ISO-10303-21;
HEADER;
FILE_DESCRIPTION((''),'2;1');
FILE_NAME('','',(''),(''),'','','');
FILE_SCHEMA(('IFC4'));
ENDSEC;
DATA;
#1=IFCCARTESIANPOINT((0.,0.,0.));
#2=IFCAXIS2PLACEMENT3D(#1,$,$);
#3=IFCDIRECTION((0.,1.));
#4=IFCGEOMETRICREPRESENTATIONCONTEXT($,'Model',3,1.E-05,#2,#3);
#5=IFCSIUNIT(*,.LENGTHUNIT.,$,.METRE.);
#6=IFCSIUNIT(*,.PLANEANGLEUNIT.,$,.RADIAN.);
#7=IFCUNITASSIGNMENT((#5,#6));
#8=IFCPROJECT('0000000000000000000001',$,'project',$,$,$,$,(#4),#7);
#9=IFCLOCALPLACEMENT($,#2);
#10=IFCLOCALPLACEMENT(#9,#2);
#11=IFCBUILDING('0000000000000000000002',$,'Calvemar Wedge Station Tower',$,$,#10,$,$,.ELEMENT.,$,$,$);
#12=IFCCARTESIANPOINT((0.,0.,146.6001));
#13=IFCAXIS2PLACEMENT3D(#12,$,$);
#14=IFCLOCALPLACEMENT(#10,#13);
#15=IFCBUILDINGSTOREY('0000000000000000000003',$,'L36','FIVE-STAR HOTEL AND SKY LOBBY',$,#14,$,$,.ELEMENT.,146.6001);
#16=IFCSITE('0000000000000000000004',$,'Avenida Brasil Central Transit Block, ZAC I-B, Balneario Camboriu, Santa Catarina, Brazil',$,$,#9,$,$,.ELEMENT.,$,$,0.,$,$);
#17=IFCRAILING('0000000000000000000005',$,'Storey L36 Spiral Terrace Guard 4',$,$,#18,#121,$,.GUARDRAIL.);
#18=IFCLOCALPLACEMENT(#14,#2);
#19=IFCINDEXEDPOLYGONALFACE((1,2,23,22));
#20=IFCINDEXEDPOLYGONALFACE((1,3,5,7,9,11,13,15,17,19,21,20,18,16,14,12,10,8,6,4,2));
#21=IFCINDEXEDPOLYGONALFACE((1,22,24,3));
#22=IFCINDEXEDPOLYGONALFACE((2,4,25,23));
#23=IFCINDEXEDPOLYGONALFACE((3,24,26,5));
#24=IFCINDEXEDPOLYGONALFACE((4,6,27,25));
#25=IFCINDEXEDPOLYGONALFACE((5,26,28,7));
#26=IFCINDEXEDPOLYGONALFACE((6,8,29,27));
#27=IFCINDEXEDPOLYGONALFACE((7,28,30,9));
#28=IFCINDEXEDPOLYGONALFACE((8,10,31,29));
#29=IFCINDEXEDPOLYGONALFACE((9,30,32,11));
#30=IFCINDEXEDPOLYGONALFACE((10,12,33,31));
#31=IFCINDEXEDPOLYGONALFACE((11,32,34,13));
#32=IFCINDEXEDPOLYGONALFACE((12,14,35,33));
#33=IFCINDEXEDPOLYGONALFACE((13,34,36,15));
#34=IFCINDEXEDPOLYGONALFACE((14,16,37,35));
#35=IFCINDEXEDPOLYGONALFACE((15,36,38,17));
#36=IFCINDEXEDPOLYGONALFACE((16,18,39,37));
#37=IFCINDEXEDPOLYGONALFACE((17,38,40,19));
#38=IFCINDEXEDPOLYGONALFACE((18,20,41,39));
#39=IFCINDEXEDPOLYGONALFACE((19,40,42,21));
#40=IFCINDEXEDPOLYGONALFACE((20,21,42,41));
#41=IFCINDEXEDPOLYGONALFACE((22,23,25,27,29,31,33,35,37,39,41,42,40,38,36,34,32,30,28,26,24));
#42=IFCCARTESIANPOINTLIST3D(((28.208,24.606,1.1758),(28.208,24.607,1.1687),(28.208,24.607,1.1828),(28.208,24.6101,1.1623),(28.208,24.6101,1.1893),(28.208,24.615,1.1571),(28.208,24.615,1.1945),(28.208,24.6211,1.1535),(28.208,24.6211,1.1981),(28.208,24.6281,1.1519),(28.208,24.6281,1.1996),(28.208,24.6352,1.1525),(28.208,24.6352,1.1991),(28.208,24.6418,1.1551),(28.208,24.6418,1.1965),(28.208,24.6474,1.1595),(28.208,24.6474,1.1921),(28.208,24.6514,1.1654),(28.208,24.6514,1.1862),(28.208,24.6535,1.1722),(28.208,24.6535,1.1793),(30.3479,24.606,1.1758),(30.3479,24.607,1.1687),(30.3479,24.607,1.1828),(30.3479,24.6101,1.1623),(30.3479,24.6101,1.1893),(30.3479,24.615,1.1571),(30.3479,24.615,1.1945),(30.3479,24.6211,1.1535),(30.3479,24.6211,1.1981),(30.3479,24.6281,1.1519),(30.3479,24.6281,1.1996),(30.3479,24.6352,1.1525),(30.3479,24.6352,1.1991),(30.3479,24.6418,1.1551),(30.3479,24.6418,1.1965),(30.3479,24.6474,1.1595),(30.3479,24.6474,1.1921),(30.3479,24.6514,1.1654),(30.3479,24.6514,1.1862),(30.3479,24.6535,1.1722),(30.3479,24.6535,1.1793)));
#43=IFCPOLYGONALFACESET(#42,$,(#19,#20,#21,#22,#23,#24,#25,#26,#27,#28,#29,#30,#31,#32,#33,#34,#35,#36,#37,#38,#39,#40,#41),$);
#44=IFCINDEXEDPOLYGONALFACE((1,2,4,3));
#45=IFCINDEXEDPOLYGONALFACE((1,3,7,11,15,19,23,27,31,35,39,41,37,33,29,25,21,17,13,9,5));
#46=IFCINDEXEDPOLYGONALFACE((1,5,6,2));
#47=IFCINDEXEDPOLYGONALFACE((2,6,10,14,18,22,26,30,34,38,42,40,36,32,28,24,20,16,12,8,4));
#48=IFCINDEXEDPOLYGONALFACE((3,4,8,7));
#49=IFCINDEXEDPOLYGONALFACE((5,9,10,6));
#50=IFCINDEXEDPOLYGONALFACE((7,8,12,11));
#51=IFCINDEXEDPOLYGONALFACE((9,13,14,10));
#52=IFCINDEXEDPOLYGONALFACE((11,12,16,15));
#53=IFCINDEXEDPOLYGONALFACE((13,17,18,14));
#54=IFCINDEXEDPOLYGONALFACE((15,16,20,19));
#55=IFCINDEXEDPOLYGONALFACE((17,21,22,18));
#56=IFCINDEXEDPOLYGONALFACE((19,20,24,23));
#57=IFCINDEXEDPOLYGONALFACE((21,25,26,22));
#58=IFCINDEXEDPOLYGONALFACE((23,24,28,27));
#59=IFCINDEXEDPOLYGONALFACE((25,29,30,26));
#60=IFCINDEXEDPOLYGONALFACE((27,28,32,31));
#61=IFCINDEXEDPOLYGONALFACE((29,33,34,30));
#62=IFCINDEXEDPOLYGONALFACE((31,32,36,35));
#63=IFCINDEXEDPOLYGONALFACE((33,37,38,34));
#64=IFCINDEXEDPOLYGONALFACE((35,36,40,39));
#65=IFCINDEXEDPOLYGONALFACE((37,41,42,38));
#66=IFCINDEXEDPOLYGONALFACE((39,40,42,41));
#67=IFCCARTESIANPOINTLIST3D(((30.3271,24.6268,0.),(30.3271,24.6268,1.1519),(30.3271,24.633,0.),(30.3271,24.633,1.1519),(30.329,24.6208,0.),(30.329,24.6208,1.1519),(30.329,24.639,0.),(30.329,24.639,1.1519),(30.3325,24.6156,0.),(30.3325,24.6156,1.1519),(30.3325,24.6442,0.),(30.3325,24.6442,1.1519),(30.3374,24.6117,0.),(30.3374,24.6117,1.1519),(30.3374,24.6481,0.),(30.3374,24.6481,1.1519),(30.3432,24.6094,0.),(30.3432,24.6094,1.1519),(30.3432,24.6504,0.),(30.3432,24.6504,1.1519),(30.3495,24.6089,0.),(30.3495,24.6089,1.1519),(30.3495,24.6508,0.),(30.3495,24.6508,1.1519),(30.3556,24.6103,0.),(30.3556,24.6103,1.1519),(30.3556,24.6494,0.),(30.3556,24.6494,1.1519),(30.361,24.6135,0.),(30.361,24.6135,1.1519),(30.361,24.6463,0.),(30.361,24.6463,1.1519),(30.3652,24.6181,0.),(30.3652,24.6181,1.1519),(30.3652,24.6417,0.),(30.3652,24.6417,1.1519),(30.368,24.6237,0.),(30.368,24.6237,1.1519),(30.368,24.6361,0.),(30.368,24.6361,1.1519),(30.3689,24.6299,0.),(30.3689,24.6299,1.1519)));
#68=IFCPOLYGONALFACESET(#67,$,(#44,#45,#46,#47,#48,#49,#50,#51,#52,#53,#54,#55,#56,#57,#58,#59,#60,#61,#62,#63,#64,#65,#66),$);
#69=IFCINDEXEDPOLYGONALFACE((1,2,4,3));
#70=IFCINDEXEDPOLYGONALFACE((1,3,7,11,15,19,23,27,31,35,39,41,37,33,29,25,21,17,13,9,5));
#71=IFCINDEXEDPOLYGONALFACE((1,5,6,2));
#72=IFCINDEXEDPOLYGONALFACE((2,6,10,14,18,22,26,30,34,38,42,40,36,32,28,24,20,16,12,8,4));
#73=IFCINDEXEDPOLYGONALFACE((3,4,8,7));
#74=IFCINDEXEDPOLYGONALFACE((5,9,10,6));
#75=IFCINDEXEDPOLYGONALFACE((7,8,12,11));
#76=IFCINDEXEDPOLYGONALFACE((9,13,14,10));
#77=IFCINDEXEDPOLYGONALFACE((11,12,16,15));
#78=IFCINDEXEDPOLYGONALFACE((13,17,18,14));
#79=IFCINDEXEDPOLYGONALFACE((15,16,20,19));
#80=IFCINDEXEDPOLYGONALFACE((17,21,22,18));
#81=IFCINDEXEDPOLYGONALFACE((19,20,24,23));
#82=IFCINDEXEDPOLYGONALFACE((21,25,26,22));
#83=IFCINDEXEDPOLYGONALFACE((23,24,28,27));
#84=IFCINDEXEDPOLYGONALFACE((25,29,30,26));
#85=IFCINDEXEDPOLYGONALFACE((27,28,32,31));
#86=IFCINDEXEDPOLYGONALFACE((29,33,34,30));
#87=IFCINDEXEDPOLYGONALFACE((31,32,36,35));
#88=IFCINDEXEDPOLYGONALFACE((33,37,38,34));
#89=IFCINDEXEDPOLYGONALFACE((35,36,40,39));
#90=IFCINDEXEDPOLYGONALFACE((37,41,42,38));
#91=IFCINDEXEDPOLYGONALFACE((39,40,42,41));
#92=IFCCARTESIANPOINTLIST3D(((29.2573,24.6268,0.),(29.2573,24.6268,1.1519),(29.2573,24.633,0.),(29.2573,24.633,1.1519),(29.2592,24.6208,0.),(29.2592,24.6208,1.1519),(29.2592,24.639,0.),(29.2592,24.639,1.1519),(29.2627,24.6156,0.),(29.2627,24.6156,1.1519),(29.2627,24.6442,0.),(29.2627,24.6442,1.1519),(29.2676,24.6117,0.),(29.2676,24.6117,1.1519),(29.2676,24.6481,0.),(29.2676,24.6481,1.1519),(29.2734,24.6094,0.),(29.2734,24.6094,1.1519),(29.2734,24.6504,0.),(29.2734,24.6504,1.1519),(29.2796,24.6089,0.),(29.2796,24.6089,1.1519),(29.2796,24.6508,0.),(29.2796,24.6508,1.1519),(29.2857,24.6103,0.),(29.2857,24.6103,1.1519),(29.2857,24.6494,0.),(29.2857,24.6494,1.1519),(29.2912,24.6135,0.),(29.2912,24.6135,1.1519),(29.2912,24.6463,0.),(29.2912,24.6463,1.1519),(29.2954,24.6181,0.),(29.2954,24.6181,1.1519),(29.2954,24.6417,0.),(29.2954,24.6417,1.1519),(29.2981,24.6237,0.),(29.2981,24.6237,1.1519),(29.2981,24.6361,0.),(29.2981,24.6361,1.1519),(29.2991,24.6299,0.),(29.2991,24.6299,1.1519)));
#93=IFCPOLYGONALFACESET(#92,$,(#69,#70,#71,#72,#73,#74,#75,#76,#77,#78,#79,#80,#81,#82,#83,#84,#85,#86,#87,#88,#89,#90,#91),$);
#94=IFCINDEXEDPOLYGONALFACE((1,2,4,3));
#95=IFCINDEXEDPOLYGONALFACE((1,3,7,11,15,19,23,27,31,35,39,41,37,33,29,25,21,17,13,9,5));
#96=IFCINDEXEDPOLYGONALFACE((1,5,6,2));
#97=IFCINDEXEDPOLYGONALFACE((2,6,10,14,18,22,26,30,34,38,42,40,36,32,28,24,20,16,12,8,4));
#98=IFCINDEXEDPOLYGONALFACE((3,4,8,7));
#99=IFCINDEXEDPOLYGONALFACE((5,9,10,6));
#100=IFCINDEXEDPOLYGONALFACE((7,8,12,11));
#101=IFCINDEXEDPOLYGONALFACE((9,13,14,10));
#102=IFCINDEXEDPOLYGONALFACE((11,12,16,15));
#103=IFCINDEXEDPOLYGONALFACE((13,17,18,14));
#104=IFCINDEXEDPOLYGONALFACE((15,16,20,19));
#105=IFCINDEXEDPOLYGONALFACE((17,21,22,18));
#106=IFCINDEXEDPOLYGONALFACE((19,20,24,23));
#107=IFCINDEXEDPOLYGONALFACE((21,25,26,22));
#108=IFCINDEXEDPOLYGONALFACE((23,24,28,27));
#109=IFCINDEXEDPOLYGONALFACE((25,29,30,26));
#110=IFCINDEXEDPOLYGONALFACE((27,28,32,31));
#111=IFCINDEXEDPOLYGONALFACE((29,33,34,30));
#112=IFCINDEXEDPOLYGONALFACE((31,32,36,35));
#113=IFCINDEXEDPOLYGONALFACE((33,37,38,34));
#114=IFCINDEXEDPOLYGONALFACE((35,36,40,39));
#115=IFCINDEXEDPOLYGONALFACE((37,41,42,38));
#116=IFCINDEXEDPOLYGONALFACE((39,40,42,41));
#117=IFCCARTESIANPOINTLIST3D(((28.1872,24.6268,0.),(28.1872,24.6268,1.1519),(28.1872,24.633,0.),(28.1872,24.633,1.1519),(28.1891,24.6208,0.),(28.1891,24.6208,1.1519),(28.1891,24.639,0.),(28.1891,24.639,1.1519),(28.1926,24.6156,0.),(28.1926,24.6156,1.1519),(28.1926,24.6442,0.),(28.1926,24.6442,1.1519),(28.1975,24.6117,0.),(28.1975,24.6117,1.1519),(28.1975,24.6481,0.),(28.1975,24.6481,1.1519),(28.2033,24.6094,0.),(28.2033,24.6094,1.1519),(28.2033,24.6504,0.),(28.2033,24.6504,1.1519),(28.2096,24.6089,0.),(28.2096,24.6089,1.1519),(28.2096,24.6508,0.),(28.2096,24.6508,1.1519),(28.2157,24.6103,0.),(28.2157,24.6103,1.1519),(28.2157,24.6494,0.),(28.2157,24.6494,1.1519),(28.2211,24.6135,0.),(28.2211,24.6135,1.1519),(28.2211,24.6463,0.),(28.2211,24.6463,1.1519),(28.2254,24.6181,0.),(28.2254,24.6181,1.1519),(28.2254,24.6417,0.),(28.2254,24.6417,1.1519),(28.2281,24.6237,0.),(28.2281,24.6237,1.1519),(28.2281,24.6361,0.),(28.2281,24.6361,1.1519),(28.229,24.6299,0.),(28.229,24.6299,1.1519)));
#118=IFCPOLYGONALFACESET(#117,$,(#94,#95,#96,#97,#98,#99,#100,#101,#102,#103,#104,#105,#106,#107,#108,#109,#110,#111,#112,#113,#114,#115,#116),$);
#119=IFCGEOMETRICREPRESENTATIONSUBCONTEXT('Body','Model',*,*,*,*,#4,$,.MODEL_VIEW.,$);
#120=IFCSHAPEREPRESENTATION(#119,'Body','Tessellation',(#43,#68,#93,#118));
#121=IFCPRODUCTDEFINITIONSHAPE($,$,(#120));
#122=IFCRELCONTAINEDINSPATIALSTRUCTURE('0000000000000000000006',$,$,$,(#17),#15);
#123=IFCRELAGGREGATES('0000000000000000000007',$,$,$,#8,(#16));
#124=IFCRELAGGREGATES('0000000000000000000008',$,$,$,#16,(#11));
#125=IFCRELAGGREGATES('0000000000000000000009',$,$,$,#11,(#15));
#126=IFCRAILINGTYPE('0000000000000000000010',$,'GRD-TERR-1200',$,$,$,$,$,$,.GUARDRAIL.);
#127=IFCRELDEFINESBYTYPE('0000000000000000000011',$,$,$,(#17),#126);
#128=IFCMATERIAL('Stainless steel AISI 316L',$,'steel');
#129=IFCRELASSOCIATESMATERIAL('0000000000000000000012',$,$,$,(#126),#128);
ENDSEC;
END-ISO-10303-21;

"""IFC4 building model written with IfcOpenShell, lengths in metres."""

from ifc_helpers import new_model, si_unit, direction, frame, origin, origin_2d, place, context, subcontext, project, spatial, circle, extrude, material, type_object, element, save


model = new_model("IFC4")

# Units and contexts
model_context = context("Model", 3, precision=1e-05, world=origin(), true_north=direction((0.0, 1.0)))
body_context = subcontext(model_context, "Body", "Model", "MODEL_VIEW")
ifc_project = project(units=[si_unit("LENGTHUNIT", "METRE"), si_unit("PLANEANGLEUNIT", "RADIAN")], contexts=[model_context])

# Site, building, storey
site_placement = place(None, origin())
site = spatial("IfcSite", under=ifc_project, at=site_placement, Name="Avenida Brasil Central Transit Block, ZAC I-B, Balneario Camboriu, Santa Catarina, Brazil", CompositionType="ELEMENT", RefElevation=0.0)
building_placement = place(site_placement, origin())
building = spatial("IfcBuilding", under=site, at=building_placement, Name="Calvemar Wedge Station Tower", CompositionType="ELEMENT")
storey_placement = place(building_placement, frame((0.0, 0.0, 146.6001)))
storey = spatial("IfcBuildingStorey", under=building, at=storey_placement, Name="L36", Description="FIVE-STAR HOTEL AND SKY LOBBY", CompositionType="ELEMENT", Elevation=146.6001)

# Railing
ifc_material_1 = material(Name="Stainless steel AISI 316L", Category="steel")
railing_type_1 = type_object("IfcRailingType", Name="GRD-TERR-1200", PredefinedType="GUARDRAIL", material=ifc_material_1)
railing_1_placement = place(storey_placement, frame((30.3479, 24.6299, 0.0)))
element("IfcRailing", 1, at=railing_1_placement, inside=storey, type_object=railing_type_1, Name="Storey L36 Spiral Terrace Guard 4", PredefinedType="GUARDRAIL", context=body_context, shape_type="SweptSolid", body=[
    extrude(circle(Radius=0.0239, at=origin_2d()), frame((0.0, 0.0, 1.1758), z_axis=(-1.0, 0.0, 0.0), x_axis=(0.0, -1.0, 0.0)), (0.0, 0.0, 1.0), 2.1399),
    extrude(circle(Radius=0.021, at=origin_2d()), origin(), (0.0, 0.0, 1.0), 1.1519),
    extrude(circle(Radius=0.021, at=origin_2d()), frame((-1.0698, 0.0, 0.0)), (0.0, 0.0, 1.0), 1.1519),
    extrude(circle(Radius=0.021, at=origin_2d()), frame((-2.1399, 0.0, 0.0)), (0.0, 0.0, 1.0), 1.1519),
])

save(model, "model.ifc")
